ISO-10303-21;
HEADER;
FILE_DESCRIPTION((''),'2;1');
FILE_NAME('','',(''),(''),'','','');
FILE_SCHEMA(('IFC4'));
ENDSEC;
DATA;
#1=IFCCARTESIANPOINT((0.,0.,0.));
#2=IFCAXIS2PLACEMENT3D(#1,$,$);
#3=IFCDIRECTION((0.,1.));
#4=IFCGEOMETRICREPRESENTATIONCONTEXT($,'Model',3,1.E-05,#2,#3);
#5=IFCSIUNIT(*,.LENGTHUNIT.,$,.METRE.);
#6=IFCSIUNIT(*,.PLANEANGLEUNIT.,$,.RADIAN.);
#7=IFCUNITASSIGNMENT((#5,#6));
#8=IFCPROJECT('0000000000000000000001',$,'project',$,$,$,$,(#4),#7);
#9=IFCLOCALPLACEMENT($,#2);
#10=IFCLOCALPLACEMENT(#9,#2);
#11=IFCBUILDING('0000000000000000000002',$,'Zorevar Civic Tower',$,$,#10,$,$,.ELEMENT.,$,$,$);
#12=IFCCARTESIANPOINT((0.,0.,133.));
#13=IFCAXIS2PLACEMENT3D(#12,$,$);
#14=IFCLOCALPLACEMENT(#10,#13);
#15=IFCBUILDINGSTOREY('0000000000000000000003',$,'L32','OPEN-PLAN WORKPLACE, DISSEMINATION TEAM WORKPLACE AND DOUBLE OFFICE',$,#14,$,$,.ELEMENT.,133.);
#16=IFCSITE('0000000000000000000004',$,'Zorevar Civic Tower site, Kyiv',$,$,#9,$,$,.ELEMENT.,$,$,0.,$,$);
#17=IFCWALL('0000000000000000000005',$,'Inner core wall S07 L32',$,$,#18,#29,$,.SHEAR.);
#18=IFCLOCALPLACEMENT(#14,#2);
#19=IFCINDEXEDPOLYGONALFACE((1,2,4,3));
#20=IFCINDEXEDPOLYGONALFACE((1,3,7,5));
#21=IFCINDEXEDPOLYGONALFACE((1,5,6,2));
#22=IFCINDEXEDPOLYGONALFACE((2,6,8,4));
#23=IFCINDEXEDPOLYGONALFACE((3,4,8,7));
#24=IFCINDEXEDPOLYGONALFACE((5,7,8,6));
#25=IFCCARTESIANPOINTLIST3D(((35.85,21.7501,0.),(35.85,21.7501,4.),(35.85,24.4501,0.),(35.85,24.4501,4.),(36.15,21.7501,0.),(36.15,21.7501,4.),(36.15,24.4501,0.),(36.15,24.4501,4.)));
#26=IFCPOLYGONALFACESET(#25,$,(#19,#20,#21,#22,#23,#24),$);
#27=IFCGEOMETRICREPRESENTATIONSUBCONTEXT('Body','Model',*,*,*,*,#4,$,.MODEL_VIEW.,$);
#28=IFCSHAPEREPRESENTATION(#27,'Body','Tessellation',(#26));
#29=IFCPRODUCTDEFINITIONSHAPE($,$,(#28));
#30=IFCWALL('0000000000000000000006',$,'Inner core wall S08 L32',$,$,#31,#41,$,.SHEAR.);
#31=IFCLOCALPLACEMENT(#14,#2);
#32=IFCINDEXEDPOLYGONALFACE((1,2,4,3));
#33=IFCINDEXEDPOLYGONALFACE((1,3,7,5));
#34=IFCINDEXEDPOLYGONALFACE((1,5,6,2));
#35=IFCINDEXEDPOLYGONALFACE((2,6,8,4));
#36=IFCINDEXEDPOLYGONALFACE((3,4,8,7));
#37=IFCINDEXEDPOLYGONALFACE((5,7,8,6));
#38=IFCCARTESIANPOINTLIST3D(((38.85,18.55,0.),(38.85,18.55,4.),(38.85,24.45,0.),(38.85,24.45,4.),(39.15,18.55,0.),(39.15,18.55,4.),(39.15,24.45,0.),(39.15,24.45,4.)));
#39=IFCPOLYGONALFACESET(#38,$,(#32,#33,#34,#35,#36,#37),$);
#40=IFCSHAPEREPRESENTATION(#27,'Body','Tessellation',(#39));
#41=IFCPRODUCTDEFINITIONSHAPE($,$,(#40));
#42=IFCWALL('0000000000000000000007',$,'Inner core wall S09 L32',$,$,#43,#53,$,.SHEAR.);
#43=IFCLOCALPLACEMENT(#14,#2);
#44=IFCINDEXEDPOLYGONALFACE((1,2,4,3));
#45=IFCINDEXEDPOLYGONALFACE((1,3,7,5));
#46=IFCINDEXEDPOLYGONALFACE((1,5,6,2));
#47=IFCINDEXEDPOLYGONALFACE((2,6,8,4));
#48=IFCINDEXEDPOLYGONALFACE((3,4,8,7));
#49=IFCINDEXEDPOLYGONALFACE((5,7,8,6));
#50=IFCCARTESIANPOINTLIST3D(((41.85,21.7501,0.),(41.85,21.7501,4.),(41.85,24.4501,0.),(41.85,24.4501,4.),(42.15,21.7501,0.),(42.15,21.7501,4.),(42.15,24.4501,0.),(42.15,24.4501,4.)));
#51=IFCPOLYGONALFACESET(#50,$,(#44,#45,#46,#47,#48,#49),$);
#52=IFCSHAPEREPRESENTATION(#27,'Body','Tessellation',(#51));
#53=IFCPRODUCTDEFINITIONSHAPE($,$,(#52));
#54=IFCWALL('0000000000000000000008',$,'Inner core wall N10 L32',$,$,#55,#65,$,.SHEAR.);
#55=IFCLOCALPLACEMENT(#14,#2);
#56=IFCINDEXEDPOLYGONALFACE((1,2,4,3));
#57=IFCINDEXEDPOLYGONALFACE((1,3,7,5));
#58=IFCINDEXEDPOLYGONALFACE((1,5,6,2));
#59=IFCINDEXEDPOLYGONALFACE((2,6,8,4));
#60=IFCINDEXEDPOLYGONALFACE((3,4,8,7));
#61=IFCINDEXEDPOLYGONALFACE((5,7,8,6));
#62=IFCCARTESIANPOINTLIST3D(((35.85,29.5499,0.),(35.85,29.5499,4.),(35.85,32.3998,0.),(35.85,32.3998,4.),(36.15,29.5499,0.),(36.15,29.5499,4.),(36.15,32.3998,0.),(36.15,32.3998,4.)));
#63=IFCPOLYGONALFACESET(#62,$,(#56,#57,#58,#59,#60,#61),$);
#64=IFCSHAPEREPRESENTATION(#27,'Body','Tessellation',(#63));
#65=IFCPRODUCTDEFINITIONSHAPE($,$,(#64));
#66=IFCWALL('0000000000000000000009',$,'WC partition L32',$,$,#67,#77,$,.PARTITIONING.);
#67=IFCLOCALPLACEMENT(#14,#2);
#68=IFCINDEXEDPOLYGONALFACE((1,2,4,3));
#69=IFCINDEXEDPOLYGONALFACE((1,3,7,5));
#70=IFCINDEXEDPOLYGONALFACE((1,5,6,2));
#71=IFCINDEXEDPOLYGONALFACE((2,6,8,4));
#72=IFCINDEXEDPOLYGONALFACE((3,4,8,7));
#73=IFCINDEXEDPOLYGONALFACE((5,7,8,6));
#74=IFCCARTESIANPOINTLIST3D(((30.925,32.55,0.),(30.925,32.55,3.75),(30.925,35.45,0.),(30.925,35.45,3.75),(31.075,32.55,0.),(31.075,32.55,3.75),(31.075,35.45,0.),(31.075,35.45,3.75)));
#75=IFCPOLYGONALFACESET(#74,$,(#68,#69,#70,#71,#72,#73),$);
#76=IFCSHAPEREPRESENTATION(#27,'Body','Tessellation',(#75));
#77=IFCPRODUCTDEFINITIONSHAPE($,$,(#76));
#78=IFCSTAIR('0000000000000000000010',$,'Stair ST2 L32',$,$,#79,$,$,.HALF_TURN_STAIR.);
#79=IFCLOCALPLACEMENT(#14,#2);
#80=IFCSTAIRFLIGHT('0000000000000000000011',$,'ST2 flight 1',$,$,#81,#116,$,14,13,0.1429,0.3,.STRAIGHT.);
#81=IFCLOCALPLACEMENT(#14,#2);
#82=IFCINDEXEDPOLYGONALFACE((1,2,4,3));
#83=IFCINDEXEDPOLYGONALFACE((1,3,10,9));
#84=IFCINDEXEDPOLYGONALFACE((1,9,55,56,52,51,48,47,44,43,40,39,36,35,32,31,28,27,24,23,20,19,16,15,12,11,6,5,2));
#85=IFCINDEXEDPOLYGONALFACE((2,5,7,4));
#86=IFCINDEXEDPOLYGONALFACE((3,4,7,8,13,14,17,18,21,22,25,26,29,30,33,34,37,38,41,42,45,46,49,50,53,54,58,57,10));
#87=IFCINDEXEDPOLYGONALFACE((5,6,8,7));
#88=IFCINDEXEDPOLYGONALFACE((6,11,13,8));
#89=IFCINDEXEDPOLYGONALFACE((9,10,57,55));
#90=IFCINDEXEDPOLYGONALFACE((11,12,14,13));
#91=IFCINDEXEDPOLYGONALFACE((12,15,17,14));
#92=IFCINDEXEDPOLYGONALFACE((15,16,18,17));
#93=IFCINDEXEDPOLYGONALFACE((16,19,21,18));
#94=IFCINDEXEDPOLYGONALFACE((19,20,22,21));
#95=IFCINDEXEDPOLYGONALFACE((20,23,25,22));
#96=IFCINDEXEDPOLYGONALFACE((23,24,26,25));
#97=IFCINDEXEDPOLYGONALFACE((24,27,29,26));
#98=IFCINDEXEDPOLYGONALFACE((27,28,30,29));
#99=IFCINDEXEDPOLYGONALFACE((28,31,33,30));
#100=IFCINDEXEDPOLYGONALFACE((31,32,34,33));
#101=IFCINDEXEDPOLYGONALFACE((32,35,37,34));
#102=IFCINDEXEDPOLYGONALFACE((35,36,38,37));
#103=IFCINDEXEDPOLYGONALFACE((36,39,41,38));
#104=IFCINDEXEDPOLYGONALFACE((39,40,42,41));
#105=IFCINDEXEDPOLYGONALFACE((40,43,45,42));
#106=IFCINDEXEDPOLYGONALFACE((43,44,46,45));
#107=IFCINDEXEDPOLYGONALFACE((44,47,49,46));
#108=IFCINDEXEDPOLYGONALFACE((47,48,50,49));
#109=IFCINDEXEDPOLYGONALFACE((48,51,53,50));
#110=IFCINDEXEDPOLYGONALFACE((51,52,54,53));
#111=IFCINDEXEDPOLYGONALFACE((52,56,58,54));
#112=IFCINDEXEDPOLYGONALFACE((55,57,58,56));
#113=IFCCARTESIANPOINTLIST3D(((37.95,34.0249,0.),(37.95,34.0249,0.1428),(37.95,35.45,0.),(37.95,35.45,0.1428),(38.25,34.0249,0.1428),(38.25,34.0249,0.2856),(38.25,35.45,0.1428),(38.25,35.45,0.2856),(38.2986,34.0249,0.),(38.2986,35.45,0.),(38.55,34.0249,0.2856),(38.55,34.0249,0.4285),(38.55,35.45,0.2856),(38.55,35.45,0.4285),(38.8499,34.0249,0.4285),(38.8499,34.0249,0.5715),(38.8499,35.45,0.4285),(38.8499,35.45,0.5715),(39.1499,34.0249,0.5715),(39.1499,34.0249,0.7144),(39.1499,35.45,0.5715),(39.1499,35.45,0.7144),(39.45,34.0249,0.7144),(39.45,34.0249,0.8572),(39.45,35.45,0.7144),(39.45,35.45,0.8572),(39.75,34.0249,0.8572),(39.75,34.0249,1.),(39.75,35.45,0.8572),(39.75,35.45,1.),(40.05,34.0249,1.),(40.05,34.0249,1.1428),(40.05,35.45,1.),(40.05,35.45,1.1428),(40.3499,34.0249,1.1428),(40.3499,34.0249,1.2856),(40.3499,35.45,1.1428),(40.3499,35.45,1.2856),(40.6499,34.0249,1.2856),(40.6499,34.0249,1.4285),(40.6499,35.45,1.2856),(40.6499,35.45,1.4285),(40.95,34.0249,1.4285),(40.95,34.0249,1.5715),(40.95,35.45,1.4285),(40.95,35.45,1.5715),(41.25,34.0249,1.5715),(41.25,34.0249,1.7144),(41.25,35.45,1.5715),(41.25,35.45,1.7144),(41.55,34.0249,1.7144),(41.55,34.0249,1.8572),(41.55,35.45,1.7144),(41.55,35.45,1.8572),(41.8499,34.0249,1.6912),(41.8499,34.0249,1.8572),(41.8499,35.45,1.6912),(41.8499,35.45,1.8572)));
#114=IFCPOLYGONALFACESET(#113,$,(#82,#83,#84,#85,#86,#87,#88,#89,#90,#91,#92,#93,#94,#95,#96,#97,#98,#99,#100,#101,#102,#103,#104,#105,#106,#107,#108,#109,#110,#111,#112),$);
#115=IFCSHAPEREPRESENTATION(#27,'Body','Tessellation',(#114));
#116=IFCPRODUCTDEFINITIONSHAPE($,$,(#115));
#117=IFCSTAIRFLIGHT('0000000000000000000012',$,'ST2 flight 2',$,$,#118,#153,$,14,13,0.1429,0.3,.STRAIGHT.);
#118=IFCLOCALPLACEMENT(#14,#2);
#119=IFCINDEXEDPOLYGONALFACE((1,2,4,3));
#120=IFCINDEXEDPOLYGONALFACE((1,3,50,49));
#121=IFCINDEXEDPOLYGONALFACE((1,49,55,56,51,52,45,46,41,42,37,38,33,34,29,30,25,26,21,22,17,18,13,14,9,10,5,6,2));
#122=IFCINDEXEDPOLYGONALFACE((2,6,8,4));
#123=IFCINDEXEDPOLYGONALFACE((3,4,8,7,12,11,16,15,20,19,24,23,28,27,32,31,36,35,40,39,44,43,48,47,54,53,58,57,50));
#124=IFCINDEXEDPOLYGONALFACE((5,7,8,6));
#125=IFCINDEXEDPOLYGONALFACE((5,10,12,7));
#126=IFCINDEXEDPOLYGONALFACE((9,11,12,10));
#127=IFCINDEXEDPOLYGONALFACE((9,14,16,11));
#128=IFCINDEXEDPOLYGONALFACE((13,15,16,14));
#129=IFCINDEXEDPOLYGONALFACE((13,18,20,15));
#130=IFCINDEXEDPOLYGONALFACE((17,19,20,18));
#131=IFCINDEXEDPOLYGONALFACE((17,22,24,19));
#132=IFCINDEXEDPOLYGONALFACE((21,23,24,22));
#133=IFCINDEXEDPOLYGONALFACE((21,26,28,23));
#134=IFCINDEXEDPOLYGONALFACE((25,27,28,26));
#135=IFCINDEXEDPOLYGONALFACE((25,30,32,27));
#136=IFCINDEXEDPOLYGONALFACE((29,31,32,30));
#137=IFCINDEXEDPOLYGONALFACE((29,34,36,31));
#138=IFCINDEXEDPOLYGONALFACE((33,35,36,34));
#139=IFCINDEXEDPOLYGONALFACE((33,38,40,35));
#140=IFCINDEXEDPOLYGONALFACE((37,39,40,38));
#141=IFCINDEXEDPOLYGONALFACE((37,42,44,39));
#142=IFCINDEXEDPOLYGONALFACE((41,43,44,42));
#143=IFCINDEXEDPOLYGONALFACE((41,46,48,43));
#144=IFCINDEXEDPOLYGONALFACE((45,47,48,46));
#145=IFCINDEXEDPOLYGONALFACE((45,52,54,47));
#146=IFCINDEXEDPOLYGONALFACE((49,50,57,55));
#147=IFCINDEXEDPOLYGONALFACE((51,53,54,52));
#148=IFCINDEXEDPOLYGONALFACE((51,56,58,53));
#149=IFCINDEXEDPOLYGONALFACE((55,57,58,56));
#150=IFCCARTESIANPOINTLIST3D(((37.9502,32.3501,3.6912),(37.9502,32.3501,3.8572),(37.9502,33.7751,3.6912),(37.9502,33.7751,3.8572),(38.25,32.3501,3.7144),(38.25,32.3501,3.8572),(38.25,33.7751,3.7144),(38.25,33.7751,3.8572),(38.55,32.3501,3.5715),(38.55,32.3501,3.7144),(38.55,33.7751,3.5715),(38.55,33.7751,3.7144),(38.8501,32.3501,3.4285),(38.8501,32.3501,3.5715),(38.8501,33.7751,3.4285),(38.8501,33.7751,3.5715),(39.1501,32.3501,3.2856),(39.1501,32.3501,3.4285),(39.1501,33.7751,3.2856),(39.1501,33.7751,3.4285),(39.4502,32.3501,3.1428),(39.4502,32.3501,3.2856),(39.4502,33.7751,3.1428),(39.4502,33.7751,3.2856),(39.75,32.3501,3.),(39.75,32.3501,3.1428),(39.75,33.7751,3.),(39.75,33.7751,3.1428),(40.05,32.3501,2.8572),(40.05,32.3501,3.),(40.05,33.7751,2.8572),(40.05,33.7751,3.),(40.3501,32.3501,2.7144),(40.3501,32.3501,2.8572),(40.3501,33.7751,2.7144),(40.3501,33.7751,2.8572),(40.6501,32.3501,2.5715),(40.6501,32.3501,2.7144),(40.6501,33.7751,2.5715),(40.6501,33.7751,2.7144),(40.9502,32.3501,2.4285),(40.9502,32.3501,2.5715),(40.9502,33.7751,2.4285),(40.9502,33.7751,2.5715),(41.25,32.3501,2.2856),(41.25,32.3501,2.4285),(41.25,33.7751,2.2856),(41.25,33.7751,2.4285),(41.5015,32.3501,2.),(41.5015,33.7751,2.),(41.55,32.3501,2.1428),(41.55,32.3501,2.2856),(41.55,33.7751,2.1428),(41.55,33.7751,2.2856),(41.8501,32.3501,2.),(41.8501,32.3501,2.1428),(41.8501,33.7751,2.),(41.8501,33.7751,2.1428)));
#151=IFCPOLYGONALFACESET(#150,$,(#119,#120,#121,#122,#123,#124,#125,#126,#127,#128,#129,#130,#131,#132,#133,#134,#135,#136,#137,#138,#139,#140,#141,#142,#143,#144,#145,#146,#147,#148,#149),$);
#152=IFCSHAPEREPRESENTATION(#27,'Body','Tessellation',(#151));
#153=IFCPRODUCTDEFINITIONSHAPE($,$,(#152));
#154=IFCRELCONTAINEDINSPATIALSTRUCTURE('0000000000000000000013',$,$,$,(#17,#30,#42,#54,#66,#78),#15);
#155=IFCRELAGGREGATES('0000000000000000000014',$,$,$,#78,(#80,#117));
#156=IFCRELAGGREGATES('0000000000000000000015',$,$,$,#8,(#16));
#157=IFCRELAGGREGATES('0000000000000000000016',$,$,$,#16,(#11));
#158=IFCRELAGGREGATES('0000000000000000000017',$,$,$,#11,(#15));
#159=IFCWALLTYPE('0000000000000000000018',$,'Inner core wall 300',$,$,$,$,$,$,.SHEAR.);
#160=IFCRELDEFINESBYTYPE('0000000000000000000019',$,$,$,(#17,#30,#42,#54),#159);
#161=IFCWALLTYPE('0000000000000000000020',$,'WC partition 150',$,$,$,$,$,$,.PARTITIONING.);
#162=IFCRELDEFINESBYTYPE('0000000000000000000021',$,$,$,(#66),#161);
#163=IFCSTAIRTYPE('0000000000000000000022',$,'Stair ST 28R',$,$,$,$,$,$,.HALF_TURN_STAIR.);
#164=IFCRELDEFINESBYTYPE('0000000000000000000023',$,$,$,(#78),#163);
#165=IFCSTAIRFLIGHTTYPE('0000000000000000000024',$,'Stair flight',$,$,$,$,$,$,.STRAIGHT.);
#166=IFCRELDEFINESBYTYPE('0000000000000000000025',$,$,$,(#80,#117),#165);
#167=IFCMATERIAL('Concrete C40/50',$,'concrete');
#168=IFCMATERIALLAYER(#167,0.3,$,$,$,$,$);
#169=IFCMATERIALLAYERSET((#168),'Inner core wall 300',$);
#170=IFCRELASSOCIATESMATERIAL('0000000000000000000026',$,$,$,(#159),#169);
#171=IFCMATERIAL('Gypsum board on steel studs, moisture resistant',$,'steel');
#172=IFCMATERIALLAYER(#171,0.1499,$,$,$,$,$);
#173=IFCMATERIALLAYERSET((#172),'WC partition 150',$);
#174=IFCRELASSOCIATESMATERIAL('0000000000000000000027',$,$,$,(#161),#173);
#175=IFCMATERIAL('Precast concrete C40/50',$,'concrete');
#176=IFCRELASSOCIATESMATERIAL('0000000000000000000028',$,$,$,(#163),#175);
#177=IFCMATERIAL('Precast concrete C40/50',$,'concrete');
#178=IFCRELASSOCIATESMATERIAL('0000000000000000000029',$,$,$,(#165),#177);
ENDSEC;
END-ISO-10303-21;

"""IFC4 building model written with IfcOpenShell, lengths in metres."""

from ifc_helpers import new_model, si_unit, direction, frame, frame_2d, origin, place, context, subcontext, project, spatial, polyline, rectangle, outline, extrude, material, layer, layer_set, type_object, element, aggregate, save


model = new_model("IFC4")

# Units and contexts
model_context = context("Model", 3, precision=1e-05, world=origin(), true_north=direction((0.0, 1.0)))
body_context = subcontext(model_context, "Body", "Model", "MODEL_VIEW")
ifc_project = project(units=[si_unit("LENGTHUNIT", "METRE"), si_unit("PLANEANGLEUNIT", "RADIAN")], contexts=[model_context])

# Site, building, storey
site_placement = place(None, origin())
site = spatial("IfcSite", under=ifc_project, at=site_placement, Name="Zorevar Civic Tower site, Kyiv", CompositionType="ELEMENT", RefElevation=0.0)
building_placement = place(site_placement, origin())
building = spatial("IfcBuilding", under=site, at=building_placement, Name="Zorevar Civic Tower", CompositionType="ELEMENT")
storey_placement = place(building_placement, frame((0.0, 0.0, 133.0)))
storey = spatial("IfcBuildingStorey", under=building, at=storey_placement, Name="L32", Description="OPEN-PLAN WORKPLACE, DISSEMINATION TEAM WORKPLACE AND DOUBLE OFFICE", CompositionType="ELEMENT", Elevation=133.0)

# Shared definitions
ifc_material_1 = material(Name="Concrete C40/50", Category="concrete")
ifc_layer_1 = layer(ifc_material_1, 0.3)
ifc_layer_set_1 = layer_set([ifc_layer_1], Name="Inner core wall 300")
wall_type_1 = type_object("IfcWallType", Name="Inner core wall 300", PredefinedType="SHEAR", material=ifc_layer_set_1)

# Walls
for number, where, z_axis, x_axis, name in (
    (1, (36.0, 21.75, 0.0), (0.0, 0.0, 1.0), (0.0, 1.0, 0.0), "Inner core wall S07 L32"),
):
    element("IfcWall", number, at=place(storey_placement, frame(where, z_axis=z_axis, x_axis=x_axis)), inside=storey, type_object=wall_type_1, Name=name, PredefinedType="SHEAR", context=body_context, shape_type="SweptSolid", body=[
        extrude(rectangle(XDim=2.7, YDim=0.3, at=frame_2d((1.3501, 0.0))), origin(), (0.0, 0.0, 1.0), 4.0),
    ])
wall_1_placement = place(storey_placement, frame((39.0, 18.55, 0.0), z_axis=(0.0, 0.0, 1.0), x_axis=(0.0, 1.0, 0.0)))
element("IfcWall", 2, at=wall_1_placement, inside=storey, type_object=wall_type_1, Name="Inner core wall S08 L32", PredefinedType="SHEAR", context=body_context, shape_type="SweptSolid", body=[
    extrude(rectangle(XDim=5.8999, YDim=0.3, at=frame_2d((2.95, 0.0))), origin(), (0.0, 0.0, 1.0), 4.0),
])
wall_2_placement = place(storey_placement, frame((42.0, 21.75, 0.0), z_axis=(0.0, 0.0, 1.0), x_axis=(0.0, 1.0, 0.0)))
element("IfcWall", 3, at=wall_2_placement, inside=storey, type_object=wall_type_1, Name="Inner core wall S09 L32", PredefinedType="SHEAR", context=body_context, shape_type="SweptSolid", body=[
    extrude(rectangle(XDim=2.7, YDim=0.3, at=frame_2d((1.3501, 0.0))), origin(), (0.0, 0.0, 1.0), 4.0),
])
wall_3_placement = place(storey_placement, frame((36.0, 29.55, 0.0), z_axis=(0.0, 0.0, 1.0), x_axis=(0.0, 1.0, 0.0)))
element("IfcWall", 4, at=wall_3_placement, inside=storey, type_object=wall_type_1, Name="Inner core wall N10 L32", PredefinedType="SHEAR", context=body_context, shape_type="SweptSolid", body=[
    extrude(rectangle(XDim=2.8499, YDim=0.3, at=frame_2d((1.4248, 0.0))), origin(), (0.0, 0.0, 1.0), 4.0),
])
ifc_material_2 = material(Name="Gypsum board on steel studs, moisture resistant", Category="steel")
ifc_layer_2 = layer(ifc_material_2, 0.1499)
ifc_layer_set_2 = layer_set([ifc_layer_2], Name="WC partition 150")
wall_type_2 = type_object("IfcWallType", Name="WC partition 150", PredefinedType="PARTITIONING", material=ifc_layer_set_2)
wall_4_placement = place(storey_placement, frame((31.0, 32.55, 0.0), z_axis=(0.0, 0.0, 1.0), x_axis=(0.0, 1.0, 0.0)))
element("IfcWall", 5, at=wall_4_placement, inside=storey, type_object=wall_type_2, Name="WC partition L32", PredefinedType="PARTITIONING", context=body_context, shape_type="SweptSolid", body=[
    extrude(rectangle(XDim=2.8999, YDim=0.1499, at=frame_2d((1.45, 0.0))), origin(), (0.0, 0.0, 1.0), 3.75),
])

# Stair, stair flights
ifc_material_3 = material(Name="Precast concrete C40/50", Category="concrete")
stair_type = type_object("IfcStairType", Name="Stair ST 28R", PredefinedType="HALF_TURN_STAIR", material=ifc_material_3)
stair_placement = place(storey_placement, origin())
stair = element("IfcStair", 6, at=stair_placement, inside=storey, type_object=stair_type, Name="Stair ST2 L32", PredefinedType="HALF_TURN_STAIR")
ifc_material_4 = material(Name="Precast concrete C40/50", Category="concrete")
stair_flight_type = type_object("IfcStairFlightType", Name="Stair flight", PredefinedType="STRAIGHT", material=ifc_material_4)
stair_flight_1_placement = place(storey_placement, frame((37.95, 34.7375, 0.0), z_axis=(0.0, 0.0, 1.0), x_axis=(1.0, 0.0, 0.0)))
stair_flight_1 = element("IfcStairFlight", 7, at=stair_flight_1_placement, type_object=stair_flight_type, Name="ST2 flight 1", NumberOfRisers=14, NumberOfTreads=13, PredefinedType="STRAIGHT", RiserHeight=0.1429, TreadLength=0.3, context=body_context, shape_type="SweptSolid", body=[
    extrude(outline(polyline([(0.0, 0.0), (0.0, 0.1428), (0.3, 0.1428), (0.3, 0.2856), (0.6001, 0.2856), (0.6001, 0.4285), (0.8999, 0.4285), (0.8999, 0.5715), (1.2, 0.5715), (1.2, 0.7144), (1.5, 0.7144), (1.5, 0.8572), (1.8, 0.8572), (1.8, 1.0), (2.1001, 1.0), (2.1001, 1.1428), (2.3999, 1.1428), (2.3999, 1.2856), (2.7, 1.2856), (2.7, 1.4285), (3.0, 1.4285), (3.0, 1.5715), (3.3, 1.5715), (3.3, 1.7144), (3.6001, 1.7144), (3.6001, 1.8572), (3.8999, 1.8572), (3.8999, 2.0), (3.8999, 1.6912), (0.3486, 0.0), (0.0, 0.0)])), frame((0.0, 0.7124, 0.0), z_axis=(0.0, -1.0, 0.0), x_axis=(1.0, 0.0, 0.0)), (0.0, 0.0, 1.0), 1.425),
])
stair_flight_2_placement = place(storey_placement, frame((41.8501, 33.0625, 2.0), z_axis=(0.0, 0.0, 1.0), x_axis=(-1.0, 0.0, 0.0)))
stair_flight_2 = element("IfcStairFlight", 8, at=stair_flight_2_placement, type_object=stair_flight_type, Name="ST2 flight 2", NumberOfRisers=14, NumberOfTreads=13, PredefinedType="STRAIGHT", RiserHeight=0.1429, TreadLength=0.3, context=body_context, shape_type="SweptSolid", body=[
    extrude(outline(polyline([(0.0, 0.0), (0.0, 0.1428), (0.3, 0.1428), (0.3, 0.2856), (0.6001, 0.2856), (0.6001, 0.4285), (0.8999, 0.4285), (0.8999, 0.5715), (1.2, 0.5715), (1.2, 0.7144), (1.5, 0.7144), (1.5, 0.8572), (1.8, 0.8572), (1.8, 1.0), (2.1001, 1.0), (2.1001, 1.1428), (2.3999, 1.1428), (2.3999, 1.2856), (2.7, 1.2856), (2.7, 1.4285), (3.0, 1.4285), (3.0, 1.5715), (3.3, 1.5715), (3.3, 1.7144), (3.6001, 1.7144), (3.6001, 1.8572), (3.8999, 1.8572), (3.8999, 2.0), (3.8999, 1.6912), (0.3486, 0.0), (0.0, 0.0)])), frame((0.0, 0.7124, 0.0), z_axis=(0.0, -1.0, 0.0), x_axis=(1.0, 0.0, 0.0)), (0.0, 0.0, 1.0), 1.425),
])
aggregate(stair, [stair_flight_1, stair_flight_2])

save(model, "model.ifc")
